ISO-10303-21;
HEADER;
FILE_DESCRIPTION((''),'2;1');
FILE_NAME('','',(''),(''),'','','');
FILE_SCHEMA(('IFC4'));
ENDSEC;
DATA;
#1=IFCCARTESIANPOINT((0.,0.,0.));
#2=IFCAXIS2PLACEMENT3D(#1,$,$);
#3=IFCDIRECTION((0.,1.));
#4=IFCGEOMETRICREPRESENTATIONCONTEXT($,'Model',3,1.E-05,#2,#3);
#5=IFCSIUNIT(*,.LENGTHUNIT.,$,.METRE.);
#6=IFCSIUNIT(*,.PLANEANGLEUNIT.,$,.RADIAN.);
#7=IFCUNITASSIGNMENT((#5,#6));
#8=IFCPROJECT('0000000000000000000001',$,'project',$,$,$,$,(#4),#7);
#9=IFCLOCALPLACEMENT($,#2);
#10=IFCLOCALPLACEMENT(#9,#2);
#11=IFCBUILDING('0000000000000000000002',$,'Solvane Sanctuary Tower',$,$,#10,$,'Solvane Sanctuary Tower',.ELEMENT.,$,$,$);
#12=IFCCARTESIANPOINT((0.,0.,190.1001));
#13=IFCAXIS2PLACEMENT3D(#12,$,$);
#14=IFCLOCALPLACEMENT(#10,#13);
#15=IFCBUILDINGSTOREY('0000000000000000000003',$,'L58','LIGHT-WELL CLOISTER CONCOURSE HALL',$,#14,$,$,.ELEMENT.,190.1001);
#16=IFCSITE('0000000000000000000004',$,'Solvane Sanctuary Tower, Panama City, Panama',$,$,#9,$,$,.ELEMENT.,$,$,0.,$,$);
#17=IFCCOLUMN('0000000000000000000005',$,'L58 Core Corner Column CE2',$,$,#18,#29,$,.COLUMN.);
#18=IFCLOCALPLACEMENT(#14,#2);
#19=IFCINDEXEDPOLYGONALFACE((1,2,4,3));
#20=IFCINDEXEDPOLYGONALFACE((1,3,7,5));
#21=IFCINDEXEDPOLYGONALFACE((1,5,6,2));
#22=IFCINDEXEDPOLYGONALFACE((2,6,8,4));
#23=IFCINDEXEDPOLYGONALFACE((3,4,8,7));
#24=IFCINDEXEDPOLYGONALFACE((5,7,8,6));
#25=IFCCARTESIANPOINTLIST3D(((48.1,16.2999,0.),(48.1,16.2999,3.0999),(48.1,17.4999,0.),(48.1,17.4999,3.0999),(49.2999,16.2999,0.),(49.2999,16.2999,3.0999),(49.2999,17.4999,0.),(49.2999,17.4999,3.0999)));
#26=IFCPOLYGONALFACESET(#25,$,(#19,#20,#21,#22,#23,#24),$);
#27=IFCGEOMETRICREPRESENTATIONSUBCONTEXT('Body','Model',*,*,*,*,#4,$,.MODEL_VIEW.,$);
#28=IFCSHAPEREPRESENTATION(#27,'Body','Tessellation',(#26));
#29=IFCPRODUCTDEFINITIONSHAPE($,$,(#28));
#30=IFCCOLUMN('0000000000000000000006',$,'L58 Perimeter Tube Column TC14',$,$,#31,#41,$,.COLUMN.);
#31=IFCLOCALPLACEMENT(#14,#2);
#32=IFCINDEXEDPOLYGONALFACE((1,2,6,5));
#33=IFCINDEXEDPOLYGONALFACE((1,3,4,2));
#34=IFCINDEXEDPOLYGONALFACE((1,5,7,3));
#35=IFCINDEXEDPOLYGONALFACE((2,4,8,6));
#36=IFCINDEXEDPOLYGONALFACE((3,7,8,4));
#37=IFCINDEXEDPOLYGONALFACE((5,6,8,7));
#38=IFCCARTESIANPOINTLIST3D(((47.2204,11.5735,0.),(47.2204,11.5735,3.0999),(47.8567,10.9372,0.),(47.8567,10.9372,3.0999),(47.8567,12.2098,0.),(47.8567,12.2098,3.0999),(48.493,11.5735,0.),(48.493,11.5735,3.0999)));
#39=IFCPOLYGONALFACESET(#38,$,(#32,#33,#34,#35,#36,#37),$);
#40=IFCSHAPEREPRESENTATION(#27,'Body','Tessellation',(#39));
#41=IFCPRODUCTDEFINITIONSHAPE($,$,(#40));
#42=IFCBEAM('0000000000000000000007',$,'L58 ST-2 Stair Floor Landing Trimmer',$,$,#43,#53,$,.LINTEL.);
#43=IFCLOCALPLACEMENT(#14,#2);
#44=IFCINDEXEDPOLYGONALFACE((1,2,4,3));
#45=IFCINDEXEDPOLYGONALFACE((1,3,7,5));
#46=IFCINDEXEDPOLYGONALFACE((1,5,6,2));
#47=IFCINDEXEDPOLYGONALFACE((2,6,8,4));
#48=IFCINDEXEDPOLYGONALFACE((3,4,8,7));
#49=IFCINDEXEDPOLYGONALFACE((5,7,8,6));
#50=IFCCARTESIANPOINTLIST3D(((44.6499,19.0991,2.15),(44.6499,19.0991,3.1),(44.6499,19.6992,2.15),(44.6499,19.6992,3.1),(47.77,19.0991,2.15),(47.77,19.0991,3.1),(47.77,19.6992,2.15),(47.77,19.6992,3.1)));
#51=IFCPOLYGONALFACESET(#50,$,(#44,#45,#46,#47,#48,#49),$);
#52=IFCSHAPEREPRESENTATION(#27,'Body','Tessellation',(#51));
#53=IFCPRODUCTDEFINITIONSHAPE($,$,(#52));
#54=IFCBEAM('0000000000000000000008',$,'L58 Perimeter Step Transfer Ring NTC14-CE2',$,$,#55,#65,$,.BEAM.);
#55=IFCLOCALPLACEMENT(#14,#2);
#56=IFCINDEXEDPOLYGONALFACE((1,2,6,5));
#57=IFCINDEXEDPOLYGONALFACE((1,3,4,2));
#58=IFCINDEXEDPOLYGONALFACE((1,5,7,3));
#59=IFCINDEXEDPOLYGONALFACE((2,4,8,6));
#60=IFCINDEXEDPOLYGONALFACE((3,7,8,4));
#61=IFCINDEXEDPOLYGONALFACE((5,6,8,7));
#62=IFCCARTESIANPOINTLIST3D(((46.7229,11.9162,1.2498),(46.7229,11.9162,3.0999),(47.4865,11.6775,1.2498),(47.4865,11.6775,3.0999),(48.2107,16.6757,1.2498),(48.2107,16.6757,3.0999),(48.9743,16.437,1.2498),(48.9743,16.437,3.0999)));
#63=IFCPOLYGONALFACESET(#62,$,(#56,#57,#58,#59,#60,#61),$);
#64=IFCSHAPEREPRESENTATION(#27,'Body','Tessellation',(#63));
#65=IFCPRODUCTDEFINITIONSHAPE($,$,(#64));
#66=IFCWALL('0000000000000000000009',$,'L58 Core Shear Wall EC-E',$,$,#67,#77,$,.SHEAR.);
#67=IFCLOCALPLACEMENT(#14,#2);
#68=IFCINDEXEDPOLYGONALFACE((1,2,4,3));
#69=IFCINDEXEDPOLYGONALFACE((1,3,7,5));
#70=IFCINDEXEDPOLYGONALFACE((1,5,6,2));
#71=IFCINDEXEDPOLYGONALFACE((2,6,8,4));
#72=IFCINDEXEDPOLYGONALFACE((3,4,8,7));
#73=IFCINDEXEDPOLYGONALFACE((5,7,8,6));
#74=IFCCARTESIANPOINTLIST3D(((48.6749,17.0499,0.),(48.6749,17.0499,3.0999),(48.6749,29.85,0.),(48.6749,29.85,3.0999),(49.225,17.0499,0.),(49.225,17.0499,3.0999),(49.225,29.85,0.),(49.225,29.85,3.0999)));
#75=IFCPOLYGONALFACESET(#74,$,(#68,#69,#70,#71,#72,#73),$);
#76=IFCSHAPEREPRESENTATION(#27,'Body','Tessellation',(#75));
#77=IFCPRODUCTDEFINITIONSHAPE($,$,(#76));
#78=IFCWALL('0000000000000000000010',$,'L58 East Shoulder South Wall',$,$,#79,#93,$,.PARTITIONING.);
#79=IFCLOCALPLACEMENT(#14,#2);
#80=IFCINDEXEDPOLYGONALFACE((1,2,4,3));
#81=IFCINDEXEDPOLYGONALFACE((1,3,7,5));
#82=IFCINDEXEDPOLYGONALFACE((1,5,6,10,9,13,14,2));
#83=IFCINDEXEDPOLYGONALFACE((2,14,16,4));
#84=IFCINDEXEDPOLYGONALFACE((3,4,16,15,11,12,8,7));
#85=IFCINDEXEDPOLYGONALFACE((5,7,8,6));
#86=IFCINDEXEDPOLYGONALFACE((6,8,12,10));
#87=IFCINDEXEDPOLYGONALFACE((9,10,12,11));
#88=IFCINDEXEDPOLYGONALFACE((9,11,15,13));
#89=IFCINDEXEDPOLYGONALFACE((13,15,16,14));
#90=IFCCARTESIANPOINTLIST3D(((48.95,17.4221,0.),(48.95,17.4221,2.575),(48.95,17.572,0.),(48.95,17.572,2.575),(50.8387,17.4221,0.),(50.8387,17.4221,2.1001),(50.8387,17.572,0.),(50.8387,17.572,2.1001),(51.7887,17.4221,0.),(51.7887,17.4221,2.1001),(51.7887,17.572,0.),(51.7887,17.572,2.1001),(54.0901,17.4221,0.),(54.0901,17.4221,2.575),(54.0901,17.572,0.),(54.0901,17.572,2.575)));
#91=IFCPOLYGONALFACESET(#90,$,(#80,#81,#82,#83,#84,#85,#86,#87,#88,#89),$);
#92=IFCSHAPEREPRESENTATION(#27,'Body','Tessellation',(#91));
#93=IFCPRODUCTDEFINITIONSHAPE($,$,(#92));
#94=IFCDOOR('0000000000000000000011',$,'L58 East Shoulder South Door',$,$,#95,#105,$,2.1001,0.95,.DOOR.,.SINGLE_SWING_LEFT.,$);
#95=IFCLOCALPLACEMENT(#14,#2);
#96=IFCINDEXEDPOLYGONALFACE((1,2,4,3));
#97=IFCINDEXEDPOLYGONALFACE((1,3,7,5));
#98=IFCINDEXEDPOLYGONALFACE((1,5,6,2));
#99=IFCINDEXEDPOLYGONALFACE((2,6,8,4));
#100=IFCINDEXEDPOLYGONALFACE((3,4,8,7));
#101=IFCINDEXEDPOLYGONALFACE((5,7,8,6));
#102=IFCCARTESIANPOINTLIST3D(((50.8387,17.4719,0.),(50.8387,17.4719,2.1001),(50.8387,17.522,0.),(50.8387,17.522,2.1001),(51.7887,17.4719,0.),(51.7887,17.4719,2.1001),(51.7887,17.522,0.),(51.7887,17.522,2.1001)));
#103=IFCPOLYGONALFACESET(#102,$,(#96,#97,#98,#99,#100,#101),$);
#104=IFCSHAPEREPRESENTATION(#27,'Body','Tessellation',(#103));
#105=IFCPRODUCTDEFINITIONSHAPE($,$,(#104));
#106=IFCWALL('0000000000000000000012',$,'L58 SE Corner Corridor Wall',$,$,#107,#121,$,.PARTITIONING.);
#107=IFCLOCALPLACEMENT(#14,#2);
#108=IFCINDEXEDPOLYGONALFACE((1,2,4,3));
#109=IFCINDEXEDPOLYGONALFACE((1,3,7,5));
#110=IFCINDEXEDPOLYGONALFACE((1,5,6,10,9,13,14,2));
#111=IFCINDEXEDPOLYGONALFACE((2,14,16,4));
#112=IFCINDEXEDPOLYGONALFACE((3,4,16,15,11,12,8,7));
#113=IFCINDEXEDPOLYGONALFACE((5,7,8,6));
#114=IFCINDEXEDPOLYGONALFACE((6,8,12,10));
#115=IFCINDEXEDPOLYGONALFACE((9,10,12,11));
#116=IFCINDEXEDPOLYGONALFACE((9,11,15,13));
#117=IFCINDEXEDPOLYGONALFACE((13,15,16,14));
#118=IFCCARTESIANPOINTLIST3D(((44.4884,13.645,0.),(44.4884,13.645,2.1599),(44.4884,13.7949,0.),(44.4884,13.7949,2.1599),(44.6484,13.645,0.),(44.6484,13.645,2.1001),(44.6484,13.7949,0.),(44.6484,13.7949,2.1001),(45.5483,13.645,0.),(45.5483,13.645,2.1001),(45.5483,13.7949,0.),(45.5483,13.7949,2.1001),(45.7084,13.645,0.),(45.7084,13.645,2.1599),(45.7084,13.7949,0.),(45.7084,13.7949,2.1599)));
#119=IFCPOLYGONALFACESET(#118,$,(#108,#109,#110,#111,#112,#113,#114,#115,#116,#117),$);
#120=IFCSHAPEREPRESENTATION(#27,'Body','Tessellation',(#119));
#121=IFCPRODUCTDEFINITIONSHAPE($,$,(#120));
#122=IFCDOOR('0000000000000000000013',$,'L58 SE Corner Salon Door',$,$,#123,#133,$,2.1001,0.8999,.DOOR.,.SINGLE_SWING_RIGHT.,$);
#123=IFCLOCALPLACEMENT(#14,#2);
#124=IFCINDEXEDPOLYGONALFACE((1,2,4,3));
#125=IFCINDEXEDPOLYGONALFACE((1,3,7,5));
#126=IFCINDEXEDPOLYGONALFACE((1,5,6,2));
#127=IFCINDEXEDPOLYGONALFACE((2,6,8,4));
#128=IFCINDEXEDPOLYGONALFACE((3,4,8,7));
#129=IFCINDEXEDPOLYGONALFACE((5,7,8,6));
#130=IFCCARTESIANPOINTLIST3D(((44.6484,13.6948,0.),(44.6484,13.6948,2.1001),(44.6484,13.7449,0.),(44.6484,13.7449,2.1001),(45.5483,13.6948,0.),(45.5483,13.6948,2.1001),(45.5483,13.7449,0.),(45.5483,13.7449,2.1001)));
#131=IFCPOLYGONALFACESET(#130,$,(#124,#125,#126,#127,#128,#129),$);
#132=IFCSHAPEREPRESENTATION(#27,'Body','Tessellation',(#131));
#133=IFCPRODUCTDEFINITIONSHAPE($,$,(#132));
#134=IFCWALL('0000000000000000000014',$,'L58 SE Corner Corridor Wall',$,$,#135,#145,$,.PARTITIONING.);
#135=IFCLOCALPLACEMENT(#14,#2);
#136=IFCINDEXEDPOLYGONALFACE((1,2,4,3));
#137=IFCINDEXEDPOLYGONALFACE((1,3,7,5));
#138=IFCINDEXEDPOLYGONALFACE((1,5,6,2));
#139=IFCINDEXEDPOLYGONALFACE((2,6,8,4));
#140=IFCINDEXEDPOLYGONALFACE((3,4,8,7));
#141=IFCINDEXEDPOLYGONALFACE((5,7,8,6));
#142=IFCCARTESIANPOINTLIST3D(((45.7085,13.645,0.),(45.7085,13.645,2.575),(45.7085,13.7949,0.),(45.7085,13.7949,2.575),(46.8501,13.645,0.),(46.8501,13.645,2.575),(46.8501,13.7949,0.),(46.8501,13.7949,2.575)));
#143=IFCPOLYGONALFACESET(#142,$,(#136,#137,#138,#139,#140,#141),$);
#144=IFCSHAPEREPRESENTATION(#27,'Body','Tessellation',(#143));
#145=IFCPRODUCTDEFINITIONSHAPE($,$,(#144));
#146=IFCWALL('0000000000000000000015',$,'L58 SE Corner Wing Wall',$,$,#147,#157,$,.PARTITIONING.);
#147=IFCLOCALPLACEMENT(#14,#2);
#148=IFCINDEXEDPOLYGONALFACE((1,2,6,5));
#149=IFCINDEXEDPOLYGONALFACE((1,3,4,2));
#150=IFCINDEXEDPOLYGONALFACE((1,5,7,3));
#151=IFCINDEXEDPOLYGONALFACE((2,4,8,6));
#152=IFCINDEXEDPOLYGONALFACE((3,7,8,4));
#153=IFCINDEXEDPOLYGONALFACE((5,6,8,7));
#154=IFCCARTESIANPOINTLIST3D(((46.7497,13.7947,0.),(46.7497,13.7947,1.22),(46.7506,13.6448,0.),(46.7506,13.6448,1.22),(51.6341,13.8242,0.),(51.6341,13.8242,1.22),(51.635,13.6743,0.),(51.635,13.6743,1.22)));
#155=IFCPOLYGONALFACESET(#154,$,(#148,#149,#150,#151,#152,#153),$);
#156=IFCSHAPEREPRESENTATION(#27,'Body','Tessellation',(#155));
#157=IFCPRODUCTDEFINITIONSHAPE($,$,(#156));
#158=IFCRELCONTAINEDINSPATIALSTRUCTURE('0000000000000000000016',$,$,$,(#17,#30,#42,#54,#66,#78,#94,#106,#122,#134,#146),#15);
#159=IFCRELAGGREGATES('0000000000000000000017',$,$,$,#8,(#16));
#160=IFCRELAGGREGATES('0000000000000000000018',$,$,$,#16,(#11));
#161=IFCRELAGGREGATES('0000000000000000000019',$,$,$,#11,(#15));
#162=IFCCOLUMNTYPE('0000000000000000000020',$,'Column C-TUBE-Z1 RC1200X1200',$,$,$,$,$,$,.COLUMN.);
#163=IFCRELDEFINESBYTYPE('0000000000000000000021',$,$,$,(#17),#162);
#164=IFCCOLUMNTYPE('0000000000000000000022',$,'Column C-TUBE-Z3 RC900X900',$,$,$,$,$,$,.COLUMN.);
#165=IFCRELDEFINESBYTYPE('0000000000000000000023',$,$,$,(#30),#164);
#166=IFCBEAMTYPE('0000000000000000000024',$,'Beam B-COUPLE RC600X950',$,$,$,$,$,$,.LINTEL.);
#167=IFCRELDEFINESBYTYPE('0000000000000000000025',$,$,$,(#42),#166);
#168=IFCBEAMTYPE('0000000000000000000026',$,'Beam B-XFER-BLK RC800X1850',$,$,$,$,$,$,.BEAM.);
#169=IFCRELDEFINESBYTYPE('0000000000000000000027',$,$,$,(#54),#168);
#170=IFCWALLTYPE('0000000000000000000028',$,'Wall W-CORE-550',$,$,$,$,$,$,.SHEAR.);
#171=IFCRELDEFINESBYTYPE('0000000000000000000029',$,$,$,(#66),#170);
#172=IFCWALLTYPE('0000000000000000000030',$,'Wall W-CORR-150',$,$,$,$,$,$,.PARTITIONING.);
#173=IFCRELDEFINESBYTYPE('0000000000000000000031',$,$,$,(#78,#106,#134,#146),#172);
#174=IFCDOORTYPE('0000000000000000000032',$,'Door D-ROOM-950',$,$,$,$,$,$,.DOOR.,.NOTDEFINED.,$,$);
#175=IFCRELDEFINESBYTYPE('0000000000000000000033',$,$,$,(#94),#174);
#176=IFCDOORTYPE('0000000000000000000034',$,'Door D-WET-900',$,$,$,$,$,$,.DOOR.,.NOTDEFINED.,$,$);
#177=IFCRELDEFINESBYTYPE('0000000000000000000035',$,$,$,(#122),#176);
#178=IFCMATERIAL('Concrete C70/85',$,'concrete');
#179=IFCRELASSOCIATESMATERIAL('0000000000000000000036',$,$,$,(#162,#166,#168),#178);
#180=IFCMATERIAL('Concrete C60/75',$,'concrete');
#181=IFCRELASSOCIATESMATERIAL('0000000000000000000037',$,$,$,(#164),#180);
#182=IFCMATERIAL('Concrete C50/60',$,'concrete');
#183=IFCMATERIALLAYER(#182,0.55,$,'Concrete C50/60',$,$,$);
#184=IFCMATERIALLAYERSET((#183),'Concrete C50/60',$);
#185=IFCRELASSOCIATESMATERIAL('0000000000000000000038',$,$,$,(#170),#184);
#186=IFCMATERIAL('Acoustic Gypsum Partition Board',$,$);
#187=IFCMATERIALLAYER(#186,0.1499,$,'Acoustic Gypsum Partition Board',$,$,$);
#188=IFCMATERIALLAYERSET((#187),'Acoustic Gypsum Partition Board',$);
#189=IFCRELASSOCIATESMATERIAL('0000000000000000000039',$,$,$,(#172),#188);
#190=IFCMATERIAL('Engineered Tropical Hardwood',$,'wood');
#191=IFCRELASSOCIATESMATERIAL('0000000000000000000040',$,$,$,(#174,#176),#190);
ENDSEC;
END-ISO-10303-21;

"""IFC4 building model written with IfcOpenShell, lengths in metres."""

from ifc_helpers import new_model, si_unit, direction, frame, frame_2d, origin, origin_2d, place, context, subcontext, project, spatial, rectangle, extrude, material, layer, layer_set, material_profile, profile_set, type_object, element, fill, save


model = new_model("IFC4")

# Units and contexts
model_context = context("Model", 3, precision=1e-05, world=origin(), true_north=direction((0.0, 1.0)))
body_context = subcontext(model_context, "Body", "Model", "MODEL_VIEW")
ifc_project = project(units=[si_unit("LENGTHUNIT", "METRE"), si_unit("PLANEANGLEUNIT", "RADIAN")], contexts=[model_context])

# Site, building, storey
site_placement = place(None, origin())
site = spatial("IfcSite", under=ifc_project, at=site_placement, Name="Solvane Sanctuary Tower, Panama City, Panama", CompositionType="ELEMENT", RefElevation=0.0)
building_placement = place(site_placement, origin())
building = spatial("IfcBuilding", under=site, at=building_placement, Name="Solvane Sanctuary Tower", LongName="Solvane Sanctuary Tower", CompositionType="ELEMENT")
storey_placement = place(building_placement, frame((0.0, 0.0, 190.1001)))
storey = spatial("IfcBuildingStorey", under=building, at=storey_placement, Name="L58", Description="LIGHT-WELL CLOISTER CONCOURSE HALL", CompositionType="ELEMENT", Elevation=190.1001)

# Columns
ifc_material_1 = material(Name="Concrete C70/85", Category="concrete")
ifc_material_profile_1 = material_profile(ifc_material_1, rectangle(XDim=1.2, YDim=1.2, at=origin_2d()), Name="RC1200X1200")
ifc_profile_set_1 = profile_set([ifc_material_profile_1], Name="Concrete C70/85")
column_type_1 = type_object("IfcColumnType", Name="Column C-TUBE-Z1 RC1200X1200", PredefinedType="COLUMN", material=ifc_profile_set_1)
column_1_placement = place(storey_placement, frame((48.7, 16.8999, 0.0), z_axis=(0.0, 0.0, 1.0), x_axis=(1.0, 0.0, 0.0)))
element("IfcColumn", 1, at=column_1_placement, inside=storey, type_object=column_type_1, Name="L58 Core Corner Column CE2", PredefinedType="COLUMN", context=body_context, shape_type="SweptSolid", body=[
    extrude(rectangle(XDim=1.2, YDim=1.2, at=origin_2d()), origin(), (0.0, 0.0, 1.0), 3.0999),
])
ifc_material_2 = material(Name="Concrete C60/75", Category="concrete")
ifc_material_profile_2 = material_profile(ifc_material_2, rectangle(XDim=0.8999, YDim=0.8999, at=origin_2d()), Name="RC900X900")
ifc_profile_set_2 = profile_set([ifc_material_profile_2], Name="Concrete C60/75")
column_type_2 = type_object("IfcColumnType", Name="Column C-TUBE-Z3 RC900X900", PredefinedType="COLUMN", material=ifc_profile_set_2)
column_2_placement = place(storey_placement, frame((47.8567, 11.5735, 0.0), z_axis=(0.0, 0.0, 1.0), x_axis=(0.707107, -0.707107, 0.0)))
element("IfcColumn", 2, at=column_2_placement, inside=storey, type_object=column_type_2, Name="L58 Perimeter Tube Column TC14", PredefinedType="COLUMN", context=body_context, shape_type="SweptSolid", body=[
    extrude(rectangle(XDim=0.8999, YDim=0.8999, at=origin_2d()), origin(), (0.0, 0.0, 1.0), 3.0999),
])

# Beams
ifc_material_profile_3 = material_profile(ifc_material_1, rectangle(XDim=0.6001, YDim=0.95, at=origin_2d()), Name="RC600X950")
ifc_profile_set_3 = profile_set([ifc_material_profile_3], Name="Concrete C70/85")
beam_type_1 = type_object("IfcBeamType", Name="Beam B-COUPLE RC600X950", PredefinedType="LINTEL", material=ifc_profile_set_3)
beam_1_placement = place(storey_placement, frame((44.6499, 19.3992, 2.625), z_axis=(1.0, 0.0, 0.0), x_axis=(0.0, 1.0, 0.0)))
element("IfcBeam", 3, at=beam_1_placement, inside=storey, type_object=beam_type_1, Name="L58 ST-2 Stair Floor Landing Trimmer", PredefinedType="LINTEL", context=body_context, shape_type="SweptSolid", body=[
    extrude(rectangle(XDim=0.6001, YDim=0.95, at=origin_2d()), origin(), (0.0, 0.0, 1.0), 3.1201),
])
ifc_material_profile_4 = material_profile(ifc_material_1, rectangle(XDim=0.8, YDim=1.8501, at=origin_2d()), Name="RC800X1850")
ifc_profile_set_4 = profile_set([ifc_material_profile_4], Name="Concrete C70/85")
beam_type_2 = type_object("IfcBeamType", Name="Beam B-XFER-BLK RC800X1850", PredefinedType="BEAM", material=ifc_profile_set_4)
beam_2_placement = place(storey_placement, frame((47.1047, 11.7969, 2.1748), z_axis=(0.298356, 0.954455, 0.0), x_axis=(-0.954455, 0.298356, 0.0)))
element("IfcBeam", 4, at=beam_2_placement, inside=storey, type_object=beam_type_2, Name="L58 Perimeter Step Transfer Ring NTC14-CE2", PredefinedType="BEAM", context=body_context, shape_type="SweptSolid", body=[
    extrude(rectangle(XDim=0.8, YDim=1.8501, at=origin_2d()), origin(), (0.0, 0.0, 1.0), 4.9866),
])

# Wall
ifc_material_3 = material(Name="Concrete C50/60", Category="concrete")
ifc_layer_1 = layer(ifc_material_3, 0.55, Name="Concrete C50/60")
ifc_layer_set_1 = layer_set([ifc_layer_1], Name="Concrete C50/60")
wall_type_1 = type_object("IfcWallType", Name="Wall W-CORE-550", PredefinedType="SHEAR", material=ifc_layer_set_1)
wall_1_placement = place(storey_placement, frame((48.95, 17.05, 0.0), z_axis=(0.0, 0.0, 1.0), x_axis=(0.0, 1.0, 0.0)))
element("IfcWall", 5, at=wall_1_placement, inside=storey, type_object=wall_type_1, Name="L58 Core Shear Wall EC-E", PredefinedType="SHEAR", context=body_context, shape_type="SweptSolid", body=[
    extrude(rectangle(XDim=12.8, YDim=0.55, at=frame_2d((6.3999, 0.0))), origin(), (0.0, 0.0, 1.0), 3.0999),
])

# Walls, openings, doors
ifc_material_4 = material(Name="Acoustic Gypsum Partition Board")
ifc_layer_2 = layer(ifc_material_4, 0.1499, Name="Acoustic Gypsum Partition Board")
ifc_layer_set_2 = layer_set([ifc_layer_2], Name="Acoustic Gypsum Partition Board")
wall_type_2 = type_object("IfcWallType", Name="Wall W-CORR-150", PredefinedType="PARTITIONING", material=ifc_layer_set_2)
wall_2_placement = place(storey_placement, frame((48.95, 17.4971, 0.0), z_axis=(0.0, 0.0, 1.0), x_axis=(1.0, 0.0, 0.0)))
wall_2 = element("IfcWall", 6, at=wall_2_placement, inside=storey, type_object=wall_type_2, Name="L58 East Shoulder South Wall", PredefinedType="PARTITIONING", context=body_context, shape_type="SweptSolid", body=[
    extrude(rectangle(XDim=5.1401, YDim=0.1499, at=frame_2d((2.5701, 0.0))), origin(), (0.0, 0.0, 1.0), 2.575),
])
opening_1_placement = place(wall_2_placement, frame((1.8887, 0.0, 0.0)))
opening_1 = element("IfcOpeningElement", 7, at=opening_1_placement, cuts=wall_2, PredefinedType="OPENING", context=body_context, shape_type="SweptSolid", body=[
    extrude(rectangle(XDim=0.95, YDim=2.1001, at=frame_2d((0.4751, 1.05))), frame((0.0, 0.085, 0.0), z_axis=(0.0, -1.0, 0.0), x_axis=(1.0, 0.0, 0.0)), (0.0, 0.0, 1.0), 0.1699),
])
ifc_material_5 = material(Name="Engineered Tropical Hardwood", Category="wood")
door_type_1 = type_object("IfcDoorType", Name="Door D-ROOM-950", OperationType="NOTDEFINED", PredefinedType="DOOR", material=ifc_material_5)
door_1_placement = place(opening_1_placement, origin())
door_1 = element("IfcDoor", 8, at=door_1_placement, inside=storey, type_object=door_type_1, Name="L58 East Shoulder South Door", OperationType="SINGLE_SWING_LEFT", OverallHeight=2.1001, OverallWidth=0.95, PredefinedType="DOOR", context=body_context, shape_type="SweptSolid", body=[
    extrude(rectangle(XDim=0.95, YDim=2.1001, at=frame_2d((0.4751, 1.05))), frame((0.0, 0.0249, 0.0), z_axis=(0.0, -1.0, 0.0), x_axis=(1.0, 0.0, 0.0)), (0.0, 0.0, 1.0), 0.05),
])
fill(opening_1, door_1)
wall_3_placement = place(storey_placement, frame((44.4885, 13.72, 0.0), z_axis=(0.0, 0.0, 1.0), x_axis=(1.0, 0.0, 0.0)))
wall_3 = element("IfcWall", 9, at=wall_3_placement, inside=storey, type_object=wall_type_2, Name="L58 SE Corner Corridor Wall", PredefinedType="PARTITIONING", context=body_context, shape_type="SweptSolid", body=[
    extrude(rectangle(XDim=1.22, YDim=0.1499, at=frame_2d((0.6099, 0.0))), origin(), (0.0, 0.0, 1.0), 2.1599),
])
opening_2_placement = place(wall_3_placement, frame((0.1599, 0.0, 0.0)))
opening_2 = element("IfcOpeningElement", 10, at=opening_2_placement, cuts=wall_3, PredefinedType="OPENING", context=body_context, shape_type="SweptSolid", body=[
    extrude(rectangle(XDim=0.8999, YDim=2.1001, at=frame_2d((0.45, 1.05))), frame((0.0, 0.085, 0.0), z_axis=(0.0, -1.0, 0.0), x_axis=(1.0, 0.0, 0.0)), (0.0, 0.0, 1.0), 0.1699),
])
door_type_2 = type_object("IfcDoorType", Name="Door D-WET-900", OperationType="NOTDEFINED", PredefinedType="DOOR", material=ifc_material_5)
door_2_placement = place(opening_2_placement, origin())
door_2 = element("IfcDoor", 11, at=door_2_placement, inside=storey, type_object=door_type_2, Name="L58 SE Corner Salon Door", OperationType="SINGLE_SWING_RIGHT", OverallHeight=2.1001, OverallWidth=0.8999, PredefinedType="DOOR", context=body_context, shape_type="SweptSolid", body=[
    extrude(rectangle(XDim=0.8999, YDim=2.1001, at=frame_2d((0.45, 1.05))), frame((0.0, 0.0249, 0.0), z_axis=(0.0, -1.0, 0.0), x_axis=(1.0, 0.0, 0.0)), (0.0, 0.0, 1.0), 0.05),
])
fill(opening_2, door_2)

# Walls
wall_4_placement = place(storey_placement, frame((45.7085, 13.72, 0.0), z_axis=(0.0, 0.0, 1.0), x_axis=(1.0, 0.0, 0.0)))
element("IfcWall", 12, at=wall_4_placement, inside=storey, type_object=wall_type_2, Name="L58 SE Corner Corridor Wall", PredefinedType="PARTITIONING", context=body_context, shape_type="SweptSolid", body=[
    extrude(rectangle(XDim=1.1416, YDim=0.1499, at=frame_2d((0.5708, 0.0))), origin(), (0.0, 0.0, 1.0), 2.575),
])
wall_5_placement = place(storey_placement, frame((46.75, 13.7197, 0.0), z_axis=(0.0, 0.0, 1.0), x_axis=(0.999982, 0.006048, 0.0)))
element("IfcWall", 13, at=wall_5_placement, inside=storey, type_object=wall_type_2, Name="L58 SE Corner Wing Wall", PredefinedType="PARTITIONING", context=body_context, shape_type="SweptSolid", body=[
    extrude(rectangle(XDim=4.8845, YDim=0.1499, at=frame_2d((2.4424, 0.0))), origin(), (0.0, 0.0, 1.0), 1.22),
])

save(model, "model.ifc")
